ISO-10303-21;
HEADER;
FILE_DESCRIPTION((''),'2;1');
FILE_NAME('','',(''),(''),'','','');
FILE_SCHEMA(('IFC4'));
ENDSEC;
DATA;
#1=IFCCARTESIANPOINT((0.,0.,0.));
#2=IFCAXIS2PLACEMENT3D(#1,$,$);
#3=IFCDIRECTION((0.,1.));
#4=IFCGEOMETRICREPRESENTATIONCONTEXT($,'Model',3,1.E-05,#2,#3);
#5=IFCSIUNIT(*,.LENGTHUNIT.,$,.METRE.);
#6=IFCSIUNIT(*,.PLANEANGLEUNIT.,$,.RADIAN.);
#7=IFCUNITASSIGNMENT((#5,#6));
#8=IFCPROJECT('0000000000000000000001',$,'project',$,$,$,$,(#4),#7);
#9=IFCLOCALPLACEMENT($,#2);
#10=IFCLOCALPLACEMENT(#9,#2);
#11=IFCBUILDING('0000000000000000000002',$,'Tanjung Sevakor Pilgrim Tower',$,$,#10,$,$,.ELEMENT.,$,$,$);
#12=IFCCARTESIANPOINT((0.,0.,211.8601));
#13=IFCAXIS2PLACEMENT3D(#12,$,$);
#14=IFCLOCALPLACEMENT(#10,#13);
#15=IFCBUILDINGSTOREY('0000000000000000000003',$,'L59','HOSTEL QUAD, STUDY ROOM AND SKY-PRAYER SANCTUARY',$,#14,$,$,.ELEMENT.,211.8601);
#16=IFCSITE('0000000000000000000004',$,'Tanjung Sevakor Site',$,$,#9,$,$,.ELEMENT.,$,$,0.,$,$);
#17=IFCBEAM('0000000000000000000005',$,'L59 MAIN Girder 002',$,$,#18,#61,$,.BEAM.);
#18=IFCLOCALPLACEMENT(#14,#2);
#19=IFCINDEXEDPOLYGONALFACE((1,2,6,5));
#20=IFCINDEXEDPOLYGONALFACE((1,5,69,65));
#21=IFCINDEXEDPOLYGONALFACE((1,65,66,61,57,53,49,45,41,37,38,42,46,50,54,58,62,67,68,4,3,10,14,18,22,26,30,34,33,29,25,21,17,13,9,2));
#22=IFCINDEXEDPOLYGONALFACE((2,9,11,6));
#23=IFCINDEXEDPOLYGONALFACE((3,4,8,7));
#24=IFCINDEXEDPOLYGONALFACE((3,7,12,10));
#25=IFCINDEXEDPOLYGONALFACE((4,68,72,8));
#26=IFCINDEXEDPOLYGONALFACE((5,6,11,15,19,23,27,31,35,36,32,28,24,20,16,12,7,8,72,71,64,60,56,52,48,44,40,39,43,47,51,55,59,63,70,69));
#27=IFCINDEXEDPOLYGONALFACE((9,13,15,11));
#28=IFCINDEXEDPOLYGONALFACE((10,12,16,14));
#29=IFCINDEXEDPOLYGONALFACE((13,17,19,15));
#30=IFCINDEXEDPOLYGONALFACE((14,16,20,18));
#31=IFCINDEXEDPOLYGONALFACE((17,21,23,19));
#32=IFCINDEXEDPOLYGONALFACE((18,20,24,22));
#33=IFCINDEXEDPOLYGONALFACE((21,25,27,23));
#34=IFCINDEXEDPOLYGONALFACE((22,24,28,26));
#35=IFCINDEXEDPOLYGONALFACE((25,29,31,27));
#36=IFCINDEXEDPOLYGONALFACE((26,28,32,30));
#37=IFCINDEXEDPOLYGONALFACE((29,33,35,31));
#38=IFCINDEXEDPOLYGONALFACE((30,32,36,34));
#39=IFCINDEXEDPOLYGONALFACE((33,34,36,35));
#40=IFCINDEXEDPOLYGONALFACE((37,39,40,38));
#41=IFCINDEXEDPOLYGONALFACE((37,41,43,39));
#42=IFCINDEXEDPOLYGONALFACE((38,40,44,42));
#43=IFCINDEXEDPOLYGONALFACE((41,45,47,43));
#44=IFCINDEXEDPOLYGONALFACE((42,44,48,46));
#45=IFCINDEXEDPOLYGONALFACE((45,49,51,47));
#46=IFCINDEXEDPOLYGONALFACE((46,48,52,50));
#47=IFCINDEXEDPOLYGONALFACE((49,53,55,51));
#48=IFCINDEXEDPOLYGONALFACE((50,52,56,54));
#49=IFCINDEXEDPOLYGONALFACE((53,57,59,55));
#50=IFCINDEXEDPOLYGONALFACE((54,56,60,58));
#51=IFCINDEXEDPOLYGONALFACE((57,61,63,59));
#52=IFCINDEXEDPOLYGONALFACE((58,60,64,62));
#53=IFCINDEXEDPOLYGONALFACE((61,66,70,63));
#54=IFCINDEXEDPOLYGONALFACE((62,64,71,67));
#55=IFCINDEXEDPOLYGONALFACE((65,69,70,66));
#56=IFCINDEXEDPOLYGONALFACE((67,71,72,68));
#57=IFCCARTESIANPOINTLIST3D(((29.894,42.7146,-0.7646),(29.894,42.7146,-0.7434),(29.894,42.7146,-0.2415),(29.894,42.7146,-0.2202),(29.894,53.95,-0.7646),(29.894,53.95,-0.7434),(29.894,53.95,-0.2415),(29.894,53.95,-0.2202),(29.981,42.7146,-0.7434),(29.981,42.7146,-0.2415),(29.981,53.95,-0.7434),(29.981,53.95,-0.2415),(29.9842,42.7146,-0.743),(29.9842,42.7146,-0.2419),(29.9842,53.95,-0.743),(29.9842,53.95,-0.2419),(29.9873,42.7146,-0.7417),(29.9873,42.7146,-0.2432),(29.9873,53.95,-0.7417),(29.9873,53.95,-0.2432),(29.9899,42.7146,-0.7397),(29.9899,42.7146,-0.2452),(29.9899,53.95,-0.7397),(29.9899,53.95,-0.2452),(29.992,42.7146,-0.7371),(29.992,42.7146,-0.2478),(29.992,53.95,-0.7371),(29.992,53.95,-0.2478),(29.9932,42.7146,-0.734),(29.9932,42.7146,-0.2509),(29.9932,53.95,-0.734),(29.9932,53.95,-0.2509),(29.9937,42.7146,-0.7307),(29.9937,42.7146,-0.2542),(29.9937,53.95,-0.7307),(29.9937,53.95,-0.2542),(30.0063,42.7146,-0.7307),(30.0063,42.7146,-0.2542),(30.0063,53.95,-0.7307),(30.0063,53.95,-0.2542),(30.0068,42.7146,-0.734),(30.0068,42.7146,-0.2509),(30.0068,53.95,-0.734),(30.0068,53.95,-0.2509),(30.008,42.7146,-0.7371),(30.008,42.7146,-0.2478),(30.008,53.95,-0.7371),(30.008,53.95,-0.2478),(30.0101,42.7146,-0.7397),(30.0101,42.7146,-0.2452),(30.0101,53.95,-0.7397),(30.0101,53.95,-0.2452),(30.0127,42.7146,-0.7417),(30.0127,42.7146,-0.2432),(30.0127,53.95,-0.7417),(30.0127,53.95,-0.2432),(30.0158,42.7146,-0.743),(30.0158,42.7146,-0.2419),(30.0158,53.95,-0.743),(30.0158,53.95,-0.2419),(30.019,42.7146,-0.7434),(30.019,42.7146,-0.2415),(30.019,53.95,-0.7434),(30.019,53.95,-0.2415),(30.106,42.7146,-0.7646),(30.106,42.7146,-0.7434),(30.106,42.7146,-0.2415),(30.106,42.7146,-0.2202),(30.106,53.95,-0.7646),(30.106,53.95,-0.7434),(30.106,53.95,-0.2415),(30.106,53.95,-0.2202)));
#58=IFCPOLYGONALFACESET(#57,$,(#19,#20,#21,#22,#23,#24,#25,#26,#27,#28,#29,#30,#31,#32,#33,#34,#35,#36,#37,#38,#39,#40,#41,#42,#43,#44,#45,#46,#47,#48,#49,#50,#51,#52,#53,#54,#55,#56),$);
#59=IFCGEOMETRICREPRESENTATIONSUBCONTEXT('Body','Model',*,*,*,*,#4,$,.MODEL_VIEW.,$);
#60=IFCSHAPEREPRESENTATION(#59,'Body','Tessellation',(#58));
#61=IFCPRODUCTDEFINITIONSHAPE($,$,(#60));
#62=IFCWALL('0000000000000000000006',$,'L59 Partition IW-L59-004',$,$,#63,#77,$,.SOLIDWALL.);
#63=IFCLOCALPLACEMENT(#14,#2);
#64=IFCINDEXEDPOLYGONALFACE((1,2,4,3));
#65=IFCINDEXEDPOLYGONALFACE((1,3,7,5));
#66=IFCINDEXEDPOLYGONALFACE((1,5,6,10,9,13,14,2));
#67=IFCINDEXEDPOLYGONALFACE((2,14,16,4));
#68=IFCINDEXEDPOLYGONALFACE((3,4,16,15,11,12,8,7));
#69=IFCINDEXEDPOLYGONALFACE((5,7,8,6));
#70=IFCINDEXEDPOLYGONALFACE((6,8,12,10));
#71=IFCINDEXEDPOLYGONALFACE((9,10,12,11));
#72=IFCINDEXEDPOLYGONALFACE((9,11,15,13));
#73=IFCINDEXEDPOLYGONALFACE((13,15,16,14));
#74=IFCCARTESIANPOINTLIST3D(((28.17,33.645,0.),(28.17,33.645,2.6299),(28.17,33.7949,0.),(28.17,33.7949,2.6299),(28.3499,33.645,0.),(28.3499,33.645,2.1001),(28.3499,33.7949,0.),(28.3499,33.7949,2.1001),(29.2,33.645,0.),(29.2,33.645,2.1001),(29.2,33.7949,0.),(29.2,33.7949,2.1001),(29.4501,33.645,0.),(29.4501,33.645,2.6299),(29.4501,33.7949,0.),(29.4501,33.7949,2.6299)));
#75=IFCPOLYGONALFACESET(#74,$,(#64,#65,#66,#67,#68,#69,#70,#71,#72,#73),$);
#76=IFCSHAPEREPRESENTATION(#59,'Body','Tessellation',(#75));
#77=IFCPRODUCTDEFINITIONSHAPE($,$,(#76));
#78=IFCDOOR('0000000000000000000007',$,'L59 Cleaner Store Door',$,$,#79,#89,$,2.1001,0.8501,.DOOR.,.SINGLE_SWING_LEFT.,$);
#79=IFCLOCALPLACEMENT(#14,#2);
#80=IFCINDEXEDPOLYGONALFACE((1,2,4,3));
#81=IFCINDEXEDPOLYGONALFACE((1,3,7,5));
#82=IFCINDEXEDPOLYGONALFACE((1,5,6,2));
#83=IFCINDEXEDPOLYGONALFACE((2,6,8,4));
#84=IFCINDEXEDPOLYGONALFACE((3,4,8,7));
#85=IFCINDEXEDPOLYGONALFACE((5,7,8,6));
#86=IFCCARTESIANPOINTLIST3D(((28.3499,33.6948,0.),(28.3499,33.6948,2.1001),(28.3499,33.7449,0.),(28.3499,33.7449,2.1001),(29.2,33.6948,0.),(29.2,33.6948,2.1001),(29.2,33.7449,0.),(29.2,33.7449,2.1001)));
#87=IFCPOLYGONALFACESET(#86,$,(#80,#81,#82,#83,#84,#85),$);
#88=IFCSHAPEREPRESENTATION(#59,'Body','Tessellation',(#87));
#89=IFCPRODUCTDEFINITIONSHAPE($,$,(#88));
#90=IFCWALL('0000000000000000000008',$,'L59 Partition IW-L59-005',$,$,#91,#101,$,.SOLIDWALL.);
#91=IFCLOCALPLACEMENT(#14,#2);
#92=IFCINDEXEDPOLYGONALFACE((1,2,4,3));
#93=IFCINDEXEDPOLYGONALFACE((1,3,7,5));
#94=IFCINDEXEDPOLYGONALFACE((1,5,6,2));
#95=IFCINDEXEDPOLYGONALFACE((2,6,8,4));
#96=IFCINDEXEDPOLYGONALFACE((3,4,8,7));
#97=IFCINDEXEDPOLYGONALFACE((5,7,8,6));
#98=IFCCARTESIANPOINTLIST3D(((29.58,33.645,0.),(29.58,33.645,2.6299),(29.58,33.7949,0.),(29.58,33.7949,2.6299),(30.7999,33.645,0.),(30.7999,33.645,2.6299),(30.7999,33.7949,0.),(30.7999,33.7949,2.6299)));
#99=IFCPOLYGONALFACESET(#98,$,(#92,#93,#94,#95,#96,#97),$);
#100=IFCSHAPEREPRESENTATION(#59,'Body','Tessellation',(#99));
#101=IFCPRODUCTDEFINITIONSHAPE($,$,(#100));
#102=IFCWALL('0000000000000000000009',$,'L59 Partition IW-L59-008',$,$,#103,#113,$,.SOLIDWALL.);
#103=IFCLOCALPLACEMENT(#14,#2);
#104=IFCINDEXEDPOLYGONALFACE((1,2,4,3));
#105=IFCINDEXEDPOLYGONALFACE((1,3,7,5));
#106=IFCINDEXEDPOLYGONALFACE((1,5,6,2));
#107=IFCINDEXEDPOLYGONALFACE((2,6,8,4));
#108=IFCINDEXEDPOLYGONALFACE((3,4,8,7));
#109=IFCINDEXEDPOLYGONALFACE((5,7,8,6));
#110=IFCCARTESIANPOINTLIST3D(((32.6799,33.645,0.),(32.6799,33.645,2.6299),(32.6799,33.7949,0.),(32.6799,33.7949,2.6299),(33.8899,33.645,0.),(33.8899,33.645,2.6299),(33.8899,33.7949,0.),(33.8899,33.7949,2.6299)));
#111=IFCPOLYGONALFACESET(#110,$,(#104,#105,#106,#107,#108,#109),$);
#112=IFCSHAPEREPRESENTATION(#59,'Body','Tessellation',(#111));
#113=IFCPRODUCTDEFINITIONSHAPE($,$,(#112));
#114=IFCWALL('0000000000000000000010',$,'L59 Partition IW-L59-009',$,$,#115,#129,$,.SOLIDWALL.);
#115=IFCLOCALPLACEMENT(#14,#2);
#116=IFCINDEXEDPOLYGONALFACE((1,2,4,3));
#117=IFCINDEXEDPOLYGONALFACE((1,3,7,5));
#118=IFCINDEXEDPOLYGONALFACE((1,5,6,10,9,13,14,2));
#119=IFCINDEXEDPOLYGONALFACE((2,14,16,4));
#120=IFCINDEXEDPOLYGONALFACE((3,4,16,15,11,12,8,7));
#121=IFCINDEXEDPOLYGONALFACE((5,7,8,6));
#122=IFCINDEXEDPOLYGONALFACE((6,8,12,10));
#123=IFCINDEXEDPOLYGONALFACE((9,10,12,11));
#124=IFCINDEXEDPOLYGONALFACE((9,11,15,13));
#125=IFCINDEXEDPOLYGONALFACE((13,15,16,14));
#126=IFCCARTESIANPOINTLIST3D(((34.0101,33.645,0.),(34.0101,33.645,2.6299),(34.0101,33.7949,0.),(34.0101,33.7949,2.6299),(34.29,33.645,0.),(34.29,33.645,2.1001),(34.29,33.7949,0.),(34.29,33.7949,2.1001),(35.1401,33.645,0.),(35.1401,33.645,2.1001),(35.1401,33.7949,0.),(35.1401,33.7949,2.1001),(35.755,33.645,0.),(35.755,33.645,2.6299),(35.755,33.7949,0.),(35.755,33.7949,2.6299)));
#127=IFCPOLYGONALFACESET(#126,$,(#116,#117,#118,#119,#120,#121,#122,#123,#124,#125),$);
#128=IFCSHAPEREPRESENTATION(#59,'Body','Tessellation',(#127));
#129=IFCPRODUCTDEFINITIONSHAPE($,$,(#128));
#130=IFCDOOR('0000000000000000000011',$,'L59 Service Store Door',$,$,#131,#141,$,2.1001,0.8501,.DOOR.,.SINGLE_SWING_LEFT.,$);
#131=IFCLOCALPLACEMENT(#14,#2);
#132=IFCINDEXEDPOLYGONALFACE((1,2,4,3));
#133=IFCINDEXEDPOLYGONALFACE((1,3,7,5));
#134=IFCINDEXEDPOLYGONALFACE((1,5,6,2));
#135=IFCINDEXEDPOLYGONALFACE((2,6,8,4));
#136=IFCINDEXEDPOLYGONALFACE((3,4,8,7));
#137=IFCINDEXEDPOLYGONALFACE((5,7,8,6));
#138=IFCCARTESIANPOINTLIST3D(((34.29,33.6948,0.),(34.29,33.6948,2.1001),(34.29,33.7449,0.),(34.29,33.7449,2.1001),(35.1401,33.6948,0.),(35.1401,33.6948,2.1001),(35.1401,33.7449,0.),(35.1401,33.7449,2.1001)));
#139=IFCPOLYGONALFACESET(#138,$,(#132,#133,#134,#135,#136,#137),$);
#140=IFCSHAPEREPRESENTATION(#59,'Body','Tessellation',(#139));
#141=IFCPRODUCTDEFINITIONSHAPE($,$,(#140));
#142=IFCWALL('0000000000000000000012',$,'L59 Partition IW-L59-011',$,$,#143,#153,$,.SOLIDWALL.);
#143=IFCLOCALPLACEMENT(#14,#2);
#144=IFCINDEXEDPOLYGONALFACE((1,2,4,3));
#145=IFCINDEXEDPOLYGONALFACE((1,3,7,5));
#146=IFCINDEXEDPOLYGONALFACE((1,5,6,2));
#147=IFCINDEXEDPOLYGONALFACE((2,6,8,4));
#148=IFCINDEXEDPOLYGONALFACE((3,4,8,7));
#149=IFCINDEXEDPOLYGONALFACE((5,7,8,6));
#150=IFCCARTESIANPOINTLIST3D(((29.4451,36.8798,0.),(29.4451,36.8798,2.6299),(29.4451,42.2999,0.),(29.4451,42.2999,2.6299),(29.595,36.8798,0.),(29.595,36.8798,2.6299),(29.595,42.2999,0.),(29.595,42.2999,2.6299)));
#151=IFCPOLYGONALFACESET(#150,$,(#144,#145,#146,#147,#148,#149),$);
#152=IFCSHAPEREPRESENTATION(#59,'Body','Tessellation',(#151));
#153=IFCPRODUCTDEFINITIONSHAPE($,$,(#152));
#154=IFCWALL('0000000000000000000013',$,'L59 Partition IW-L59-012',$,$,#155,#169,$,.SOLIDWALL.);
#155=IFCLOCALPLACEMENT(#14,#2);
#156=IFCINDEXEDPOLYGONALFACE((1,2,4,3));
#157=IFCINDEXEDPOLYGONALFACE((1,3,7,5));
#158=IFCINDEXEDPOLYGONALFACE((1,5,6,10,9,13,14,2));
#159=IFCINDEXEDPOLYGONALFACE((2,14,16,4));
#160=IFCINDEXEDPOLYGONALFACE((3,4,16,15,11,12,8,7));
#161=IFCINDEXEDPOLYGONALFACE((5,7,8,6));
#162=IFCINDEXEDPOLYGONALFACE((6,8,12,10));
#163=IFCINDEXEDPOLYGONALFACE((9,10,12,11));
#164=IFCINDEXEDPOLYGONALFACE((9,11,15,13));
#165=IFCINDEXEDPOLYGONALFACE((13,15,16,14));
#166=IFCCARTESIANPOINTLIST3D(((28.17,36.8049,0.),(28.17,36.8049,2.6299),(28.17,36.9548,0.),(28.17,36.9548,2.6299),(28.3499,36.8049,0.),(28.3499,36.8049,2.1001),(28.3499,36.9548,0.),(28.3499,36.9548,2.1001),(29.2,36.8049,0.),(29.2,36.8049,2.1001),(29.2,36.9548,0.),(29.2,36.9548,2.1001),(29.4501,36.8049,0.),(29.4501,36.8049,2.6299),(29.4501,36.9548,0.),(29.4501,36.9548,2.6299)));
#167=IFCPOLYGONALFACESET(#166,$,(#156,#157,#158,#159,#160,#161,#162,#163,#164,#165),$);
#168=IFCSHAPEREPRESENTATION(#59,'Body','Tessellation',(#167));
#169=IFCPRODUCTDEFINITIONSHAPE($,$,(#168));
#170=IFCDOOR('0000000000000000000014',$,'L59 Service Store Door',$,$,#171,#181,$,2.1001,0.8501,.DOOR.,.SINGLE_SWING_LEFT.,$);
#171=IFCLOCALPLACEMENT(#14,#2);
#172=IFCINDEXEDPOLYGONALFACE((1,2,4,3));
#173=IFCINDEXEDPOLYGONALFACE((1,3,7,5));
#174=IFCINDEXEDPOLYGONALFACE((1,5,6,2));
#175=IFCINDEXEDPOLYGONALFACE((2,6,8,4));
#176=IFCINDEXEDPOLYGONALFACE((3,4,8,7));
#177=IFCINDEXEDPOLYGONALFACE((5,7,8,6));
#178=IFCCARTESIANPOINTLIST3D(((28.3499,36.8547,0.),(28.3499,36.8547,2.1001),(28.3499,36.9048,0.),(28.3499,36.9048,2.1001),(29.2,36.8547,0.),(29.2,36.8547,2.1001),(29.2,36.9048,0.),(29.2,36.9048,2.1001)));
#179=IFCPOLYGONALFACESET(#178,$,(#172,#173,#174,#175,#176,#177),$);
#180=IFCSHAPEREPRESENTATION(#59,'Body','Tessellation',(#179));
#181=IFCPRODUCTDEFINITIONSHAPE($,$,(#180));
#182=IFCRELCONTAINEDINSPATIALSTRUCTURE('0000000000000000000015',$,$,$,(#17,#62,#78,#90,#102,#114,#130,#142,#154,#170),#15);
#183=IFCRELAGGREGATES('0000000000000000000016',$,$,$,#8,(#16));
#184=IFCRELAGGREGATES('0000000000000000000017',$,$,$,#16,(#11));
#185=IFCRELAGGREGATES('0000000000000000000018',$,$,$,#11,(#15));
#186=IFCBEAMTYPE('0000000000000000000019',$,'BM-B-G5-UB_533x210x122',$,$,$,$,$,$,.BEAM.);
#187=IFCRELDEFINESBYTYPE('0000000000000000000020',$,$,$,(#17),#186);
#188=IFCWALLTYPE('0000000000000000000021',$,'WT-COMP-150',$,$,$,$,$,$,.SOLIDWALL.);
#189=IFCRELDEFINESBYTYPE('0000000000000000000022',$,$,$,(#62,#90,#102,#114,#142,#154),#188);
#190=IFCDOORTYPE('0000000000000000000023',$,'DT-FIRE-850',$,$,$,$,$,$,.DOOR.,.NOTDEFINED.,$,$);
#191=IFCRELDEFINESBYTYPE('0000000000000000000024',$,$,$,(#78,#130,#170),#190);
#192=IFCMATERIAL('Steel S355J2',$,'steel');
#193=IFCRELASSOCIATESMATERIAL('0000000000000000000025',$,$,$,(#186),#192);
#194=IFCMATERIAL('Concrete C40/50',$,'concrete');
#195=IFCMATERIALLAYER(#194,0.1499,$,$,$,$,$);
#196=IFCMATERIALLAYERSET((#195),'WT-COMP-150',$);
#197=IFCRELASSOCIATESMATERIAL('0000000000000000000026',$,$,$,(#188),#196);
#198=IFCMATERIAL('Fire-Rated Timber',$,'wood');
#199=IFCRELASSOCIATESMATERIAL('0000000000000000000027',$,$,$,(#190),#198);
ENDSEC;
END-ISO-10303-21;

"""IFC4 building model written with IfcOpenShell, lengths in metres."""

from ifc_helpers import new_model, si_unit, direction, frame, frame_2d, origin, origin_2d, place, context, subcontext, project, spatial, rectangle, i_section, extrude, material, layer, layer_set, material_profile, profile_set, type_object, element, fill, save


model = new_model("IFC4")

# Units and contexts
model_context = context("Model", 3, precision=1e-05, world=origin(), true_north=direction((0.0, 1.0)))
body_context = subcontext(model_context, "Body", "Model", "MODEL_VIEW")
ifc_project = project(units=[si_unit("LENGTHUNIT", "METRE"), si_unit("PLANEANGLEUNIT", "RADIAN")], contexts=[model_context])

# Site, building, storey
site_placement = place(None, origin())
site = spatial("IfcSite", under=ifc_project, at=site_placement, Name="Tanjung Sevakor Site", CompositionType="ELEMENT", RefElevation=0.0)
building_placement = place(site_placement, origin())
building = spatial("IfcBuilding", under=site, at=building_placement, Name="Tanjung Sevakor Pilgrim Tower", CompositionType="ELEMENT")
storey_placement = place(building_placement, frame((0.0, 0.0, 211.8601)))
storey = spatial("IfcBuildingStorey", under=building, at=storey_placement, Name="L59", Description="HOSTEL QUAD, STUDY ROOM AND SKY-PRAYER SANCTUARY", CompositionType="ELEMENT", Elevation=211.8601)

# Beam
ifc_material_1 = material(Name="Steel S355J2", Category="steel")
ifc_material_profile = material_profile(ifc_material_1, i_section(OverallWidth=0.2119, OverallDepth=0.5444, WebThickness=0.0127, FlangeThickness=0.0212, FilletRadius=0.0127, at=origin_2d()))
ifc_profile_set = profile_set([ifc_material_profile], Name="Steel S355J2")
beam_type = type_object("IfcBeamType", Name="BM-B-G5-UB_533x210x122", PredefinedType="BEAM", material=ifc_profile_set)
beam_placement = place(storey_placement, frame((30.0, 42.7146, -0.4924), z_axis=(0.0, 1.0, 0.0), x_axis=(-1.0, 0.0, 0.0)))
element("IfcBeam", 1, at=beam_placement, inside=storey, type_object=beam_type, Name="L59 MAIN Girder 002", PredefinedType="BEAM", context=body_context, shape_type="SweptSolid", body=[
    extrude(i_section(OverallWidth=0.2119, OverallDepth=0.5444, WebThickness=0.0127, FlangeThickness=0.0212, FilletRadius=0.0127, at=origin_2d()), origin(), (0.0, 0.0, 1.0), 11.2354),
])

# Wall, opening, door
ifc_material_2 = material(Name="Concrete C40/50", Category="concrete")
ifc_layer_1 = layer(ifc_material_2, 0.1499)
ifc_layer_set_1 = layer_set([ifc_layer_1], Name="WT-COMP-150")
wall_type_1 = type_object("IfcWallType", Name="WT-COMP-150", PredefinedType="SOLIDWALL", material=ifc_layer_set_1)
wall_1_placement = place(storey_placement, frame((28.1699, 33.72, 0.0), z_axis=(0.0, 0.0, 1.0), x_axis=(1.0, 0.0, 0.0)))
wall_1 = element("IfcWall", 2, at=wall_1_placement, inside=storey, type_object=wall_type_1, Name="L59 Partition IW-L59-004", PredefinedType="SOLIDWALL", context=body_context, shape_type="SweptSolid", body=[
    extrude(rectangle(XDim=1.28, YDim=0.1499, at=frame_2d((0.6401, 0.0))), origin(), (0.0, 0.0, 1.0), 2.6299),
])
opening_1_placement = place(wall_1_placement, frame((0.1799, 0.0, 0.0)))
opening_1 = element("IfcOpeningElement", 3, at=opening_1_placement, cuts=wall_1, PredefinedType="OPENING", context=body_context, shape_type="SweptSolid", body=[
    extrude(rectangle(XDim=0.8501, YDim=2.1001, at=frame_2d((0.425, 1.05))), frame((0.0, 0.085, 0.0), z_axis=(0.0, -1.0, 0.0), x_axis=(1.0, 0.0, 0.0)), (0.0, 0.0, 1.0), 0.1699),
])
ifc_material_3 = material(Name="Fire-Rated Timber", Category="wood")
door_type_1 = type_object("IfcDoorType", Name="DT-FIRE-850", OperationType="NOTDEFINED", PredefinedType="DOOR", material=ifc_material_3)
door_1_placement = place(opening_1_placement, origin())
door_1 = element("IfcDoor", 4, at=door_1_placement, inside=storey, type_object=door_type_1, Name="L59 Cleaner Store Door", OperationType="SINGLE_SWING_LEFT", OverallHeight=2.1001, OverallWidth=0.8501, PredefinedType="DOOR", context=body_context, shape_type="SweptSolid", body=[
    extrude(rectangle(XDim=0.8501, YDim=2.1001, at=frame_2d((0.425, 1.05))), frame((0.0, 0.0249, 0.0), z_axis=(0.0, -1.0, 0.0), x_axis=(1.0, 0.0, 0.0)), (0.0, 0.0, 1.0), 0.05),
])
fill(opening_1, door_1)

# Walls
wall_2_placement = place(storey_placement, frame((29.5801, 33.72, 0.0), z_axis=(0.0, 0.0, 1.0), x_axis=(1.0, 0.0, 0.0)))
element("IfcWall", 5, at=wall_2_placement, inside=storey, type_object=wall_type_1, Name="L59 Partition IW-L59-005", PredefinedType="SOLIDWALL", context=body_context, shape_type="SweptSolid", body=[
    extrude(rectangle(XDim=1.22, YDim=0.1499, at=frame_2d((0.6099, 0.0))), origin(), (0.0, 0.0, 1.0), 2.6299),
])
wall_3_placement = place(storey_placement, frame((32.6799, 33.72, 0.0), z_axis=(0.0, 0.0, 1.0), x_axis=(1.0, 0.0, 0.0)))
element("IfcWall", 6, at=wall_3_placement, inside=storey, type_object=wall_type_1, Name="L59 Partition IW-L59-008", PredefinedType="SOLIDWALL", context=body_context, shape_type="SweptSolid", body=[
    extrude(rectangle(XDim=1.21, YDim=0.1499, at=frame_2d((0.605, 0.0))), origin(), (0.0, 0.0, 1.0), 2.6299),
])

# Wall, opening, door
wall_4_placement = place(storey_placement, frame((34.01, 33.72, 0.0), z_axis=(0.0, 0.0, 1.0), x_axis=(1.0, 0.0, 0.0)))
wall_4 = element("IfcWall", 7, at=wall_4_placement, inside=storey, type_object=wall_type_1, Name="L59 Partition IW-L59-009", PredefinedType="SOLIDWALL", context=body_context, shape_type="SweptSolid", body=[
    extrude(rectangle(XDim=1.7449, YDim=0.1499, at=frame_2d((0.8726, 0.0))), origin(), (0.0, 0.0, 1.0), 2.6299),
])
opening_2_placement = place(wall_4_placement, frame((0.28, 0.0, 0.0)))
opening_2 = element("IfcOpeningElement", 8, at=opening_2_placement, cuts=wall_4, PredefinedType="OPENING", context=body_context, shape_type="SweptSolid", body=[
    extrude(rectangle(XDim=0.8501, YDim=2.1001, at=frame_2d((0.425, 1.05))), frame((0.0, 0.085, 0.0), z_axis=(0.0, -1.0, 0.0), x_axis=(1.0, 0.0, 0.0)), (0.0, 0.0, 1.0), 0.1699),
])
door_2_placement = place(opening_2_placement, origin())
door_2 = element("IfcDoor", 9, at=door_2_placement, inside=storey, type_object=door_type_1, Name="L59 Service Store Door", OperationType="SINGLE_SWING_LEFT", OverallHeight=2.1001, OverallWidth=0.8501, PredefinedType="DOOR", context=body_context, shape_type="SweptSolid", body=[
    extrude(rectangle(XDim=0.8501, YDim=2.1001, at=frame_2d((0.425, 1.05))), frame((0.0, 0.0249, 0.0), z_axis=(0.0, -1.0, 0.0), x_axis=(1.0, 0.0, 0.0)), (0.0, 0.0, 1.0), 0.05),
])
fill(opening_2, door_2)

# Wall
wall_5_placement = place(storey_placement, frame((29.52, 36.8799, 0.0), z_axis=(0.0, 0.0, 1.0), x_axis=(0.0, 1.0, 0.0)))
element("IfcWall", 10, at=wall_5_placement, inside=storey, type_object=wall_type_1, Name="L59 Partition IW-L59-011", PredefinedType="SOLIDWALL", context=body_context, shape_type="SweptSolid", body=[
    extrude(rectangle(XDim=5.4202, YDim=0.1499, at=frame_2d((2.71, 0.0))), origin(), (0.0, 0.0, 1.0), 2.6299),
])

# Wall, opening, door
wall_6_placement = place(storey_placement, frame((28.1699, 36.8799, 0.0), z_axis=(0.0, 0.0, 1.0), x_axis=(1.0, 0.0, 0.0)))
wall_6 = element("IfcWall", 11, at=wall_6_placement, inside=storey, type_object=wall_type_1, Name="L59 Partition IW-L59-012", PredefinedType="SOLIDWALL", context=body_context, shape_type="SweptSolid", body=[
    extrude(rectangle(XDim=1.28, YDim=0.1499, at=frame_2d((0.6401, 0.0))), origin(), (0.0, 0.0, 1.0), 2.6299),
])
opening_3_placement = place(wall_6_placement, frame((0.1799, 0.0, 0.0)))
opening_3 = element("IfcOpeningElement", 12, at=opening_3_placement, cuts=wall_6, PredefinedType="OPENING", context=body_context, shape_type="SweptSolid", body=[
    extrude(rectangle(XDim=0.8501, YDim=2.1001, at=frame_2d((0.425, 1.05))), frame((0.0, 0.085, 0.0), z_axis=(0.0, -1.0, 0.0), x_axis=(1.0, 0.0, 0.0)), (0.0, 0.0, 1.0), 0.1699),
])
door_3_placement = place(opening_3_placement, origin())
door_3 = element("IfcDoor", 13, at=door_3_placement, inside=storey, type_object=door_type_1, Name="L59 Service Store Door", OperationType="SINGLE_SWING_LEFT", OverallHeight=2.1001, OverallWidth=0.8501, PredefinedType="DOOR", context=body_context, shape_type="SweptSolid", body=[
    extrude(rectangle(XDim=0.8501, YDim=2.1001, at=frame_2d((0.425, 1.05))), frame((0.0, 0.0249, 0.0), z_axis=(0.0, -1.0, 0.0), x_axis=(1.0, 0.0, 0.0)), (0.0, 0.0, 1.0), 0.05),
])
fill(opening_3, door_3)

save(model, "model.ifc")
